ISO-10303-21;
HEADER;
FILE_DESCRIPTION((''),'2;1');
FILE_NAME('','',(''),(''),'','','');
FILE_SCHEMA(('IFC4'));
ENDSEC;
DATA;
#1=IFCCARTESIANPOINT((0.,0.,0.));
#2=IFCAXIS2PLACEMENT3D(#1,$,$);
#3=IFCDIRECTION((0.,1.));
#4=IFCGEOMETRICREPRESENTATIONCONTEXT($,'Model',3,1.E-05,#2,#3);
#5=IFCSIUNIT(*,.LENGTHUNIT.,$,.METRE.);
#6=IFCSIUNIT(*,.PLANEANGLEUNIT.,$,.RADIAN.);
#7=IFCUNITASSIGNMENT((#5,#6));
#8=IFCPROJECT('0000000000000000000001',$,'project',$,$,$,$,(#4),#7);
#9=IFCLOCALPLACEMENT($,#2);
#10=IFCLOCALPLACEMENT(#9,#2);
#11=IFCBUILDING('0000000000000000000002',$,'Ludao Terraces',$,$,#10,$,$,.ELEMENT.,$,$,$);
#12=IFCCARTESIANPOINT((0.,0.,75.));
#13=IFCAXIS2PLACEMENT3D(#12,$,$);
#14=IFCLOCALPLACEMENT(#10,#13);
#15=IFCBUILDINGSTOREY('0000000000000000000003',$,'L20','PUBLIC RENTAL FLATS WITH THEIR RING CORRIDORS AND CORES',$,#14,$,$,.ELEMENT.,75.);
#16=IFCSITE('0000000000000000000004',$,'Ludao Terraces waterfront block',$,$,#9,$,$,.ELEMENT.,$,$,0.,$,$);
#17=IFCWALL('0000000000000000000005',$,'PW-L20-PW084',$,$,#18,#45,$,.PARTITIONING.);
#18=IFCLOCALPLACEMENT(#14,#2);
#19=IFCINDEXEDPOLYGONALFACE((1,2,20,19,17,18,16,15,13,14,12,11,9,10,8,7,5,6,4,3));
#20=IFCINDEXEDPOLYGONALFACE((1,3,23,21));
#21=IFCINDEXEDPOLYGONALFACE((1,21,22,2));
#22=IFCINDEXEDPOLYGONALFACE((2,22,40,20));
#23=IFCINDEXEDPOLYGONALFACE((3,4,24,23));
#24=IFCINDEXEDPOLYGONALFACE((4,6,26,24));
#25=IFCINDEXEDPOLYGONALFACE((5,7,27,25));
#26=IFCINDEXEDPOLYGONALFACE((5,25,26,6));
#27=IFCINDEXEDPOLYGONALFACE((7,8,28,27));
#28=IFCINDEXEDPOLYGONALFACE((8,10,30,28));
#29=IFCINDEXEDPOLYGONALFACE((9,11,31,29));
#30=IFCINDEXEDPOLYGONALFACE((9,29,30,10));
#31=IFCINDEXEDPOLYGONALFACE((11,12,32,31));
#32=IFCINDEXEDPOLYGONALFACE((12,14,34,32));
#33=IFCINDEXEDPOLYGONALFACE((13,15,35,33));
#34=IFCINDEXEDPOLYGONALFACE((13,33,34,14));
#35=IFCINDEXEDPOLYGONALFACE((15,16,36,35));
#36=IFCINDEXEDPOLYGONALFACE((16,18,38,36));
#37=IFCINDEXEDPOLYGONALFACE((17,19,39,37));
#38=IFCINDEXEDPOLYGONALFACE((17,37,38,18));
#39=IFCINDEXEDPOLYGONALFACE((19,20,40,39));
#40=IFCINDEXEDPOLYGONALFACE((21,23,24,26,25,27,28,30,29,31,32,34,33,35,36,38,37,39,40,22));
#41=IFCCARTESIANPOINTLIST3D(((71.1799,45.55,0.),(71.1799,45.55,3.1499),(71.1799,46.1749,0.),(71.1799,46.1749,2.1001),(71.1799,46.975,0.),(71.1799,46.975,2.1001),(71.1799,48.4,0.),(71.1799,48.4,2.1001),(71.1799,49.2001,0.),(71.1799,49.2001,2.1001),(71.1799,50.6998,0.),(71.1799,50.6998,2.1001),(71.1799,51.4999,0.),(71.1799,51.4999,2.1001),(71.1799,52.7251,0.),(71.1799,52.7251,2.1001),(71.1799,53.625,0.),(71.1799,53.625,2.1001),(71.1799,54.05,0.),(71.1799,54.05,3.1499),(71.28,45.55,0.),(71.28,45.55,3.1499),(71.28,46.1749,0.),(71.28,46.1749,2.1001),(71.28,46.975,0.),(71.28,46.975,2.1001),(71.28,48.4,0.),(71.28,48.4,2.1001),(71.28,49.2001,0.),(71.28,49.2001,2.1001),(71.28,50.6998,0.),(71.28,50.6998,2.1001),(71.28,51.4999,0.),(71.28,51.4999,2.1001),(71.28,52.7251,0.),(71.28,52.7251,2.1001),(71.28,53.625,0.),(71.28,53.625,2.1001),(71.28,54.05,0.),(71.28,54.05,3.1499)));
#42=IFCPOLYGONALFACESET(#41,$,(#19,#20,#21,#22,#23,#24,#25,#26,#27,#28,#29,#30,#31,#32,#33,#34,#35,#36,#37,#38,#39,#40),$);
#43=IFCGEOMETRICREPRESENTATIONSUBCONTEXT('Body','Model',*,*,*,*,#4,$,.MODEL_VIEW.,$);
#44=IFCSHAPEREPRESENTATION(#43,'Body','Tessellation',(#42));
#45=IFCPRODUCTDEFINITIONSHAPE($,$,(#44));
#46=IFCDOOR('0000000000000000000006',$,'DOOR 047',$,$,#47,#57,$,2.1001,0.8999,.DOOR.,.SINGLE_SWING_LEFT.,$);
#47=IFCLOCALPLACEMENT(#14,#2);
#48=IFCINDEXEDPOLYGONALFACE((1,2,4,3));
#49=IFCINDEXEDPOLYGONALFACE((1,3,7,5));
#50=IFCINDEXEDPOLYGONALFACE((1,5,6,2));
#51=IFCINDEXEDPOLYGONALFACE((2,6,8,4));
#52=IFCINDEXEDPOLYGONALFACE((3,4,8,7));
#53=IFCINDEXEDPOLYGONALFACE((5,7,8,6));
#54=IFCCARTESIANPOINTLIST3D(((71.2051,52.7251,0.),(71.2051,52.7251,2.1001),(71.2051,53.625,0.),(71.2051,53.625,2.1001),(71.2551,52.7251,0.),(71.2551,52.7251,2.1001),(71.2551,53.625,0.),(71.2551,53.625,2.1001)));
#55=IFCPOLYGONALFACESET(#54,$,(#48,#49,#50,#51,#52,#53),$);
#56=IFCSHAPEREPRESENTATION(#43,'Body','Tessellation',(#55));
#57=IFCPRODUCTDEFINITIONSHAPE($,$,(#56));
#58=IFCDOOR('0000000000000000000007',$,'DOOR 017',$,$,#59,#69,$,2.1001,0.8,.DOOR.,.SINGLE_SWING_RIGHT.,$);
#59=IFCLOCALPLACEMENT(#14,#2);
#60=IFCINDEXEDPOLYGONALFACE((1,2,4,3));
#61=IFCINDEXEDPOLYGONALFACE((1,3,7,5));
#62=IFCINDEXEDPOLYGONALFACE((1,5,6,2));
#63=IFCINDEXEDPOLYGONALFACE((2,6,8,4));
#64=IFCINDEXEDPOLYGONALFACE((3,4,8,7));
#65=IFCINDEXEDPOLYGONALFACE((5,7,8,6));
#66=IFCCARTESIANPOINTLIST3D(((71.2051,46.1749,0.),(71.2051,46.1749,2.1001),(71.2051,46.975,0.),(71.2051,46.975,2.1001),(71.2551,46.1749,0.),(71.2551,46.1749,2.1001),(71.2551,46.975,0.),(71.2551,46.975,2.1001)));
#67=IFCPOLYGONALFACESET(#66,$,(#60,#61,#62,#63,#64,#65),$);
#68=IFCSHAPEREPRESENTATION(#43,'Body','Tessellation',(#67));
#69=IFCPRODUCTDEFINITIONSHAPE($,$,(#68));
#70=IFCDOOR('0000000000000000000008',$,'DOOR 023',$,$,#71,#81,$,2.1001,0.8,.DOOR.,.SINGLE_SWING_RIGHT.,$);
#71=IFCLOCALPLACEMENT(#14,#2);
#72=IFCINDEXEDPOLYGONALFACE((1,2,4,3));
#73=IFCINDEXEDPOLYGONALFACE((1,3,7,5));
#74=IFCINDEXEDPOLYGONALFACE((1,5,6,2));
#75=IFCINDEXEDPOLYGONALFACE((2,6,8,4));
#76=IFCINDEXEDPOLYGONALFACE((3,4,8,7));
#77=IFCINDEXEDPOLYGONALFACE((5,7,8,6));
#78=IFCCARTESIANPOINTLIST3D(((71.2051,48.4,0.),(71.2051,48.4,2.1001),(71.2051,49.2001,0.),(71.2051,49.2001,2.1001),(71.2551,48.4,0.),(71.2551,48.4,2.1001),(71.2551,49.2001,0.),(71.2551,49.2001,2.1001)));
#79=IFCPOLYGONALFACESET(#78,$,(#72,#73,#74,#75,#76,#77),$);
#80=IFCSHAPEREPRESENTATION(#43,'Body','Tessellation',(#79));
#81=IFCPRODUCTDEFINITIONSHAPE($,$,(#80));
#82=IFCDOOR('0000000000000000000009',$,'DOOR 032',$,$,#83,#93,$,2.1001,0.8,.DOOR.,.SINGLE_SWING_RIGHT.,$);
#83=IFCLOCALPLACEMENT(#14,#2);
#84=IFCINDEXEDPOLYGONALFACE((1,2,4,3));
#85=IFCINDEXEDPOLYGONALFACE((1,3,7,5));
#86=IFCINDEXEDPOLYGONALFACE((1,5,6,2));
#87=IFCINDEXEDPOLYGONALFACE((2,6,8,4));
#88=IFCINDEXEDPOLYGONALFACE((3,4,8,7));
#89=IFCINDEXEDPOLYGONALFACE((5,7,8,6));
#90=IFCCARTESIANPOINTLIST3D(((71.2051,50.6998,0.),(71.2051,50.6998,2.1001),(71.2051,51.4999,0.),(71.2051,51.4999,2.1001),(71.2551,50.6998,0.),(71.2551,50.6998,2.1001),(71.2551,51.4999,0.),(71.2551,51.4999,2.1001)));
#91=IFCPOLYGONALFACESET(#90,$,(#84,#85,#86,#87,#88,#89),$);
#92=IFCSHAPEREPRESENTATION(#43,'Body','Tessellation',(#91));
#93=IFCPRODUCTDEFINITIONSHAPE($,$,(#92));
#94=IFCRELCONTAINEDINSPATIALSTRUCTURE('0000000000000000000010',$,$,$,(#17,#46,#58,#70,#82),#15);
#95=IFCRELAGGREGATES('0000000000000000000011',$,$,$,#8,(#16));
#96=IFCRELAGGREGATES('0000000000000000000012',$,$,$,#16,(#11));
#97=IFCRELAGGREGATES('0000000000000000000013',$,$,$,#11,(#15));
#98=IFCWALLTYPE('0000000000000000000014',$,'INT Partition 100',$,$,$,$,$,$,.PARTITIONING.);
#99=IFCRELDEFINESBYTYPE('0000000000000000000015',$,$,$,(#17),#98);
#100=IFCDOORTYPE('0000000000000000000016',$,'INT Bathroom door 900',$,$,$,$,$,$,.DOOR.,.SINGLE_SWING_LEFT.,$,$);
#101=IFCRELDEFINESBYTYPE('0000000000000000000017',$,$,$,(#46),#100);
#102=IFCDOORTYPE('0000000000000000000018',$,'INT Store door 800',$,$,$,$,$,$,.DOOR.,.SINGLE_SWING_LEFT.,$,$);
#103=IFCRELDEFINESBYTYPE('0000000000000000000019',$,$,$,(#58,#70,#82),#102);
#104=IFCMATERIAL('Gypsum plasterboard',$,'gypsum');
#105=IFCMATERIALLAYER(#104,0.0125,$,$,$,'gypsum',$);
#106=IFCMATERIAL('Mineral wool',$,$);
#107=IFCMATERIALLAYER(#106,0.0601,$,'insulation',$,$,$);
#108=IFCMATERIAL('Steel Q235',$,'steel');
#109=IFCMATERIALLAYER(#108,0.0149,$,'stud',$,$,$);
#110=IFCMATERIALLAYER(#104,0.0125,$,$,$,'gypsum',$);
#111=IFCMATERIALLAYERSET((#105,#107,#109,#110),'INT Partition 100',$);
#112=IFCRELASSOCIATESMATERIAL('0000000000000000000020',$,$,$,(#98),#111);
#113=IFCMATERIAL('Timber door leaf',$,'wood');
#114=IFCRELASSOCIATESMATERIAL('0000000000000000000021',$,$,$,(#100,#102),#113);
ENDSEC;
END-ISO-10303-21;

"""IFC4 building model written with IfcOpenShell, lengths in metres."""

from ifc_helpers import new_model, si_unit, direction, frame, frame_2d, origin, place, context, subcontext, project, spatial, rectangle, extrude, material, layer, layer_set, type_object, element, fill, save


model = new_model("IFC4")

# Units and contexts
model_context = context("Model", 3, precision=1e-05, world=origin(), true_north=direction((0.0, 1.0)))
body_context = subcontext(model_context, "Body", "Model", "MODEL_VIEW")
ifc_project = project(units=[si_unit("LENGTHUNIT", "METRE"), si_unit("PLANEANGLEUNIT", "RADIAN")], contexts=[model_context])

# Site, building, storey
site_placement = place(None, origin())
site = spatial("IfcSite", under=ifc_project, at=site_placement, Name="Ludao Terraces waterfront block", CompositionType="ELEMENT", RefElevation=0.0)
building_placement = place(site_placement, origin())
building = spatial("IfcBuilding", under=site, at=building_placement, Name="Ludao Terraces", CompositionType="ELEMENT")
storey_placement = place(building_placement, frame((0.0, 0.0, 75.0)))
storey = spatial("IfcBuildingStorey", under=building, at=storey_placement, Name="L20", Description="PUBLIC RENTAL FLATS WITH THEIR RING CORRIDORS AND CORES", CompositionType="ELEMENT", Elevation=75.0)

# Shared definitions
ifc_material_1 = material(Name="Gypsum plasterboard", Category="gypsum")
ifc_layer_1 = layer(ifc_material_1, 0.0125, Category="gypsum")
ifc_material_2 = material(Name="Mineral wool")
ifc_layer_2 = layer(ifc_material_2, 0.0601, Name="insulation")
ifc_material_3 = material(Name="Steel Q235", Category="steel")
ifc_layer_3 = layer(ifc_material_3, 0.0149, Name="stud")
ifc_layer_4 = layer(ifc_material_1, 0.0125, Category="gypsum")
ifc_layer_set = layer_set([ifc_layer_1, ifc_layer_2, ifc_layer_3, ifc_layer_4], Name="INT Partition 100")
wall_type = type_object("IfcWallType", Name="INT Partition 100", PredefinedType="PARTITIONING", material=ifc_layer_set)

# Wall, openings, doors
ifc_material_4 = material(Name="Timber door leaf", Category="wood")
wall_1_placement = place(storey_placement, frame((71.23, 45.55, 0.0), z_axis=(0.0, 0.0, 1.0), x_axis=(0.0, 1.0, 0.0)))
wall_1 = element("IfcWall", 1, at=wall_1_placement, inside=storey, type_object=wall_type, Name="PW-L20-PW084", PredefinedType="PARTITIONING", context=body_context, shape_type="SweptSolid", body=[
    extrude(rectangle(XDim=8.5, YDim=0.1001, at=frame_2d((4.25, 0.0))), origin(), (0.0, 0.0, 1.0), 3.1499),
])
opening_1_placement = place(wall_1_placement, frame((0.625, 0.0, 0.0)))
opening_1 = element("IfcOpeningElement", 2, at=opening_1_placement, cuts=wall_1, PredefinedType="OPENING", context=body_context, shape_type="SweptSolid", body=[
    extrude(rectangle(XDim=0.8, YDim=2.1001, at=frame_2d((0.3999, 1.05))), frame((0.0, 0.0601, 0.0), z_axis=(0.0, -1.0, 0.0), x_axis=(1.0, 0.0, 0.0)), (0.0, 0.0, 1.0), 0.1201),
])
opening_2_placement = place(wall_1_placement, frame((2.8501, 0.0, 0.0)))
opening_2 = element("IfcOpeningElement", 3, at=opening_2_placement, cuts=wall_1, PredefinedType="OPENING", context=body_context, shape_type="SweptSolid", body=[
    extrude(rectangle(XDim=0.8, YDim=2.1001, at=frame_2d((0.3999, 1.05))), frame((0.0, 0.0601, 0.0), z_axis=(0.0, -1.0, 0.0), x_axis=(1.0, 0.0, 0.0)), (0.0, 0.0, 1.0), 0.1201),
])
opening_3_placement = place(wall_1_placement, frame((5.1499, 0.0, 0.0)))
opening_3 = element("IfcOpeningElement", 4, at=opening_3_placement, cuts=wall_1, PredefinedType="OPENING", context=body_context, shape_type="SweptSolid", body=[
    extrude(rectangle(XDim=0.8, YDim=2.1001, at=frame_2d((0.3999, 1.05))), frame((0.0, 0.0601, 0.0), z_axis=(0.0, -1.0, 0.0), x_axis=(1.0, 0.0, 0.0)), (0.0, 0.0, 1.0), 0.1201),
])
opening_4_placement = place(wall_1_placement, frame((7.175, 0.0, 0.0)))
opening_4 = element("IfcOpeningElement", 5, at=opening_4_placement, cuts=wall_1, PredefinedType="OPENING", context=body_context, shape_type="SweptSolid", body=[
    extrude(rectangle(XDim=0.8999, YDim=2.1001, at=frame_2d((0.45, 1.05))), frame((0.0, 0.0601, 0.0), z_axis=(0.0, -1.0, 0.0), x_axis=(1.0, 0.0, 0.0)), (0.0, 0.0, 1.0), 0.1201),
])
door_type_1 = type_object("IfcDoorType", Name="INT Bathroom door 900", OperationType="SINGLE_SWING_LEFT", PredefinedType="DOOR", material=ifc_material_4)
door_1_placement = place(opening_4_placement, origin())
door_1 = element("IfcDoor", 6, at=door_1_placement, inside=storey, type_object=door_type_1, Name="DOOR 047", OperationType="SINGLE_SWING_LEFT", OverallHeight=2.1001, OverallWidth=0.8999, PredefinedType="DOOR", context=body_context, shape_type="SweptSolid", body=[
    extrude(rectangle(XDim=0.8999, YDim=2.1001, at=frame_2d((0.45, 1.05))), frame((0.0, 0.0249, 0.0), z_axis=(0.0, -1.0, 0.0), x_axis=(1.0, 0.0, 0.0)), (0.0, 0.0, 1.0), 0.05),
])
fill(opening_4, door_1)
door_type_2 = type_object("IfcDoorType", Name="INT Store door 800", OperationType="SINGLE_SWING_LEFT", PredefinedType="DOOR", material=ifc_material_4)
door_2_placement = place(opening_1_placement, origin())
door_2 = element("IfcDoor", 7, at=door_2_placement, inside=storey, type_object=door_type_2, Name="DOOR 017", OperationType="SINGLE_SWING_RIGHT", OverallHeight=2.1001, OverallWidth=0.8, PredefinedType="DOOR", context=body_context, shape_type="SweptSolid", body=[
    extrude(rectangle(XDim=0.8, YDim=2.1001, at=frame_2d((0.3999, 1.05))), frame((0.0, 0.0249, 0.0), z_axis=(0.0, -1.0, 0.0), x_axis=(1.0, 0.0, 0.0)), (0.0, 0.0, 1.0), 0.05),
])
fill(opening_1, door_2)
door_3_placement = place(opening_2_placement, origin())
door_3 = element("IfcDoor", 8, at=door_3_placement, inside=storey, type_object=door_type_2, Name="DOOR 023", OperationType="SINGLE_SWING_RIGHT", OverallHeight=2.1001, OverallWidth=0.8, PredefinedType="DOOR", context=body_context, shape_type="SweptSolid", body=[
    extrude(rectangle(XDim=0.8, YDim=2.1001, at=frame_2d((0.3999, 1.05))), frame((0.0, 0.0249, 0.0), z_axis=(0.0, -1.0, 0.0), x_axis=(1.0, 0.0, 0.0)), (0.0, 0.0, 1.0), 0.05),
])
fill(opening_2, door_3)
door_4_placement = place(opening_3_placement, origin())
door_4 = element("IfcDoor", 9, at=door_4_placement, inside=storey, type_object=door_type_2, Name="DOOR 032", OperationType="SINGLE_SWING_RIGHT", OverallHeight=2.1001, OverallWidth=0.8, PredefinedType="DOOR", context=body_context, shape_type="SweptSolid", body=[
    extrude(rectangle(XDim=0.8, YDim=2.1001, at=frame_2d((0.3999, 1.05))), frame((0.0, 0.0249, 0.0), z_axis=(0.0, -1.0, 0.0), x_axis=(1.0, 0.0, 0.0)), (0.0, 0.0, 1.0), 0.05),
])
fill(opening_3, door_4)

save(model, "model.ifc")
